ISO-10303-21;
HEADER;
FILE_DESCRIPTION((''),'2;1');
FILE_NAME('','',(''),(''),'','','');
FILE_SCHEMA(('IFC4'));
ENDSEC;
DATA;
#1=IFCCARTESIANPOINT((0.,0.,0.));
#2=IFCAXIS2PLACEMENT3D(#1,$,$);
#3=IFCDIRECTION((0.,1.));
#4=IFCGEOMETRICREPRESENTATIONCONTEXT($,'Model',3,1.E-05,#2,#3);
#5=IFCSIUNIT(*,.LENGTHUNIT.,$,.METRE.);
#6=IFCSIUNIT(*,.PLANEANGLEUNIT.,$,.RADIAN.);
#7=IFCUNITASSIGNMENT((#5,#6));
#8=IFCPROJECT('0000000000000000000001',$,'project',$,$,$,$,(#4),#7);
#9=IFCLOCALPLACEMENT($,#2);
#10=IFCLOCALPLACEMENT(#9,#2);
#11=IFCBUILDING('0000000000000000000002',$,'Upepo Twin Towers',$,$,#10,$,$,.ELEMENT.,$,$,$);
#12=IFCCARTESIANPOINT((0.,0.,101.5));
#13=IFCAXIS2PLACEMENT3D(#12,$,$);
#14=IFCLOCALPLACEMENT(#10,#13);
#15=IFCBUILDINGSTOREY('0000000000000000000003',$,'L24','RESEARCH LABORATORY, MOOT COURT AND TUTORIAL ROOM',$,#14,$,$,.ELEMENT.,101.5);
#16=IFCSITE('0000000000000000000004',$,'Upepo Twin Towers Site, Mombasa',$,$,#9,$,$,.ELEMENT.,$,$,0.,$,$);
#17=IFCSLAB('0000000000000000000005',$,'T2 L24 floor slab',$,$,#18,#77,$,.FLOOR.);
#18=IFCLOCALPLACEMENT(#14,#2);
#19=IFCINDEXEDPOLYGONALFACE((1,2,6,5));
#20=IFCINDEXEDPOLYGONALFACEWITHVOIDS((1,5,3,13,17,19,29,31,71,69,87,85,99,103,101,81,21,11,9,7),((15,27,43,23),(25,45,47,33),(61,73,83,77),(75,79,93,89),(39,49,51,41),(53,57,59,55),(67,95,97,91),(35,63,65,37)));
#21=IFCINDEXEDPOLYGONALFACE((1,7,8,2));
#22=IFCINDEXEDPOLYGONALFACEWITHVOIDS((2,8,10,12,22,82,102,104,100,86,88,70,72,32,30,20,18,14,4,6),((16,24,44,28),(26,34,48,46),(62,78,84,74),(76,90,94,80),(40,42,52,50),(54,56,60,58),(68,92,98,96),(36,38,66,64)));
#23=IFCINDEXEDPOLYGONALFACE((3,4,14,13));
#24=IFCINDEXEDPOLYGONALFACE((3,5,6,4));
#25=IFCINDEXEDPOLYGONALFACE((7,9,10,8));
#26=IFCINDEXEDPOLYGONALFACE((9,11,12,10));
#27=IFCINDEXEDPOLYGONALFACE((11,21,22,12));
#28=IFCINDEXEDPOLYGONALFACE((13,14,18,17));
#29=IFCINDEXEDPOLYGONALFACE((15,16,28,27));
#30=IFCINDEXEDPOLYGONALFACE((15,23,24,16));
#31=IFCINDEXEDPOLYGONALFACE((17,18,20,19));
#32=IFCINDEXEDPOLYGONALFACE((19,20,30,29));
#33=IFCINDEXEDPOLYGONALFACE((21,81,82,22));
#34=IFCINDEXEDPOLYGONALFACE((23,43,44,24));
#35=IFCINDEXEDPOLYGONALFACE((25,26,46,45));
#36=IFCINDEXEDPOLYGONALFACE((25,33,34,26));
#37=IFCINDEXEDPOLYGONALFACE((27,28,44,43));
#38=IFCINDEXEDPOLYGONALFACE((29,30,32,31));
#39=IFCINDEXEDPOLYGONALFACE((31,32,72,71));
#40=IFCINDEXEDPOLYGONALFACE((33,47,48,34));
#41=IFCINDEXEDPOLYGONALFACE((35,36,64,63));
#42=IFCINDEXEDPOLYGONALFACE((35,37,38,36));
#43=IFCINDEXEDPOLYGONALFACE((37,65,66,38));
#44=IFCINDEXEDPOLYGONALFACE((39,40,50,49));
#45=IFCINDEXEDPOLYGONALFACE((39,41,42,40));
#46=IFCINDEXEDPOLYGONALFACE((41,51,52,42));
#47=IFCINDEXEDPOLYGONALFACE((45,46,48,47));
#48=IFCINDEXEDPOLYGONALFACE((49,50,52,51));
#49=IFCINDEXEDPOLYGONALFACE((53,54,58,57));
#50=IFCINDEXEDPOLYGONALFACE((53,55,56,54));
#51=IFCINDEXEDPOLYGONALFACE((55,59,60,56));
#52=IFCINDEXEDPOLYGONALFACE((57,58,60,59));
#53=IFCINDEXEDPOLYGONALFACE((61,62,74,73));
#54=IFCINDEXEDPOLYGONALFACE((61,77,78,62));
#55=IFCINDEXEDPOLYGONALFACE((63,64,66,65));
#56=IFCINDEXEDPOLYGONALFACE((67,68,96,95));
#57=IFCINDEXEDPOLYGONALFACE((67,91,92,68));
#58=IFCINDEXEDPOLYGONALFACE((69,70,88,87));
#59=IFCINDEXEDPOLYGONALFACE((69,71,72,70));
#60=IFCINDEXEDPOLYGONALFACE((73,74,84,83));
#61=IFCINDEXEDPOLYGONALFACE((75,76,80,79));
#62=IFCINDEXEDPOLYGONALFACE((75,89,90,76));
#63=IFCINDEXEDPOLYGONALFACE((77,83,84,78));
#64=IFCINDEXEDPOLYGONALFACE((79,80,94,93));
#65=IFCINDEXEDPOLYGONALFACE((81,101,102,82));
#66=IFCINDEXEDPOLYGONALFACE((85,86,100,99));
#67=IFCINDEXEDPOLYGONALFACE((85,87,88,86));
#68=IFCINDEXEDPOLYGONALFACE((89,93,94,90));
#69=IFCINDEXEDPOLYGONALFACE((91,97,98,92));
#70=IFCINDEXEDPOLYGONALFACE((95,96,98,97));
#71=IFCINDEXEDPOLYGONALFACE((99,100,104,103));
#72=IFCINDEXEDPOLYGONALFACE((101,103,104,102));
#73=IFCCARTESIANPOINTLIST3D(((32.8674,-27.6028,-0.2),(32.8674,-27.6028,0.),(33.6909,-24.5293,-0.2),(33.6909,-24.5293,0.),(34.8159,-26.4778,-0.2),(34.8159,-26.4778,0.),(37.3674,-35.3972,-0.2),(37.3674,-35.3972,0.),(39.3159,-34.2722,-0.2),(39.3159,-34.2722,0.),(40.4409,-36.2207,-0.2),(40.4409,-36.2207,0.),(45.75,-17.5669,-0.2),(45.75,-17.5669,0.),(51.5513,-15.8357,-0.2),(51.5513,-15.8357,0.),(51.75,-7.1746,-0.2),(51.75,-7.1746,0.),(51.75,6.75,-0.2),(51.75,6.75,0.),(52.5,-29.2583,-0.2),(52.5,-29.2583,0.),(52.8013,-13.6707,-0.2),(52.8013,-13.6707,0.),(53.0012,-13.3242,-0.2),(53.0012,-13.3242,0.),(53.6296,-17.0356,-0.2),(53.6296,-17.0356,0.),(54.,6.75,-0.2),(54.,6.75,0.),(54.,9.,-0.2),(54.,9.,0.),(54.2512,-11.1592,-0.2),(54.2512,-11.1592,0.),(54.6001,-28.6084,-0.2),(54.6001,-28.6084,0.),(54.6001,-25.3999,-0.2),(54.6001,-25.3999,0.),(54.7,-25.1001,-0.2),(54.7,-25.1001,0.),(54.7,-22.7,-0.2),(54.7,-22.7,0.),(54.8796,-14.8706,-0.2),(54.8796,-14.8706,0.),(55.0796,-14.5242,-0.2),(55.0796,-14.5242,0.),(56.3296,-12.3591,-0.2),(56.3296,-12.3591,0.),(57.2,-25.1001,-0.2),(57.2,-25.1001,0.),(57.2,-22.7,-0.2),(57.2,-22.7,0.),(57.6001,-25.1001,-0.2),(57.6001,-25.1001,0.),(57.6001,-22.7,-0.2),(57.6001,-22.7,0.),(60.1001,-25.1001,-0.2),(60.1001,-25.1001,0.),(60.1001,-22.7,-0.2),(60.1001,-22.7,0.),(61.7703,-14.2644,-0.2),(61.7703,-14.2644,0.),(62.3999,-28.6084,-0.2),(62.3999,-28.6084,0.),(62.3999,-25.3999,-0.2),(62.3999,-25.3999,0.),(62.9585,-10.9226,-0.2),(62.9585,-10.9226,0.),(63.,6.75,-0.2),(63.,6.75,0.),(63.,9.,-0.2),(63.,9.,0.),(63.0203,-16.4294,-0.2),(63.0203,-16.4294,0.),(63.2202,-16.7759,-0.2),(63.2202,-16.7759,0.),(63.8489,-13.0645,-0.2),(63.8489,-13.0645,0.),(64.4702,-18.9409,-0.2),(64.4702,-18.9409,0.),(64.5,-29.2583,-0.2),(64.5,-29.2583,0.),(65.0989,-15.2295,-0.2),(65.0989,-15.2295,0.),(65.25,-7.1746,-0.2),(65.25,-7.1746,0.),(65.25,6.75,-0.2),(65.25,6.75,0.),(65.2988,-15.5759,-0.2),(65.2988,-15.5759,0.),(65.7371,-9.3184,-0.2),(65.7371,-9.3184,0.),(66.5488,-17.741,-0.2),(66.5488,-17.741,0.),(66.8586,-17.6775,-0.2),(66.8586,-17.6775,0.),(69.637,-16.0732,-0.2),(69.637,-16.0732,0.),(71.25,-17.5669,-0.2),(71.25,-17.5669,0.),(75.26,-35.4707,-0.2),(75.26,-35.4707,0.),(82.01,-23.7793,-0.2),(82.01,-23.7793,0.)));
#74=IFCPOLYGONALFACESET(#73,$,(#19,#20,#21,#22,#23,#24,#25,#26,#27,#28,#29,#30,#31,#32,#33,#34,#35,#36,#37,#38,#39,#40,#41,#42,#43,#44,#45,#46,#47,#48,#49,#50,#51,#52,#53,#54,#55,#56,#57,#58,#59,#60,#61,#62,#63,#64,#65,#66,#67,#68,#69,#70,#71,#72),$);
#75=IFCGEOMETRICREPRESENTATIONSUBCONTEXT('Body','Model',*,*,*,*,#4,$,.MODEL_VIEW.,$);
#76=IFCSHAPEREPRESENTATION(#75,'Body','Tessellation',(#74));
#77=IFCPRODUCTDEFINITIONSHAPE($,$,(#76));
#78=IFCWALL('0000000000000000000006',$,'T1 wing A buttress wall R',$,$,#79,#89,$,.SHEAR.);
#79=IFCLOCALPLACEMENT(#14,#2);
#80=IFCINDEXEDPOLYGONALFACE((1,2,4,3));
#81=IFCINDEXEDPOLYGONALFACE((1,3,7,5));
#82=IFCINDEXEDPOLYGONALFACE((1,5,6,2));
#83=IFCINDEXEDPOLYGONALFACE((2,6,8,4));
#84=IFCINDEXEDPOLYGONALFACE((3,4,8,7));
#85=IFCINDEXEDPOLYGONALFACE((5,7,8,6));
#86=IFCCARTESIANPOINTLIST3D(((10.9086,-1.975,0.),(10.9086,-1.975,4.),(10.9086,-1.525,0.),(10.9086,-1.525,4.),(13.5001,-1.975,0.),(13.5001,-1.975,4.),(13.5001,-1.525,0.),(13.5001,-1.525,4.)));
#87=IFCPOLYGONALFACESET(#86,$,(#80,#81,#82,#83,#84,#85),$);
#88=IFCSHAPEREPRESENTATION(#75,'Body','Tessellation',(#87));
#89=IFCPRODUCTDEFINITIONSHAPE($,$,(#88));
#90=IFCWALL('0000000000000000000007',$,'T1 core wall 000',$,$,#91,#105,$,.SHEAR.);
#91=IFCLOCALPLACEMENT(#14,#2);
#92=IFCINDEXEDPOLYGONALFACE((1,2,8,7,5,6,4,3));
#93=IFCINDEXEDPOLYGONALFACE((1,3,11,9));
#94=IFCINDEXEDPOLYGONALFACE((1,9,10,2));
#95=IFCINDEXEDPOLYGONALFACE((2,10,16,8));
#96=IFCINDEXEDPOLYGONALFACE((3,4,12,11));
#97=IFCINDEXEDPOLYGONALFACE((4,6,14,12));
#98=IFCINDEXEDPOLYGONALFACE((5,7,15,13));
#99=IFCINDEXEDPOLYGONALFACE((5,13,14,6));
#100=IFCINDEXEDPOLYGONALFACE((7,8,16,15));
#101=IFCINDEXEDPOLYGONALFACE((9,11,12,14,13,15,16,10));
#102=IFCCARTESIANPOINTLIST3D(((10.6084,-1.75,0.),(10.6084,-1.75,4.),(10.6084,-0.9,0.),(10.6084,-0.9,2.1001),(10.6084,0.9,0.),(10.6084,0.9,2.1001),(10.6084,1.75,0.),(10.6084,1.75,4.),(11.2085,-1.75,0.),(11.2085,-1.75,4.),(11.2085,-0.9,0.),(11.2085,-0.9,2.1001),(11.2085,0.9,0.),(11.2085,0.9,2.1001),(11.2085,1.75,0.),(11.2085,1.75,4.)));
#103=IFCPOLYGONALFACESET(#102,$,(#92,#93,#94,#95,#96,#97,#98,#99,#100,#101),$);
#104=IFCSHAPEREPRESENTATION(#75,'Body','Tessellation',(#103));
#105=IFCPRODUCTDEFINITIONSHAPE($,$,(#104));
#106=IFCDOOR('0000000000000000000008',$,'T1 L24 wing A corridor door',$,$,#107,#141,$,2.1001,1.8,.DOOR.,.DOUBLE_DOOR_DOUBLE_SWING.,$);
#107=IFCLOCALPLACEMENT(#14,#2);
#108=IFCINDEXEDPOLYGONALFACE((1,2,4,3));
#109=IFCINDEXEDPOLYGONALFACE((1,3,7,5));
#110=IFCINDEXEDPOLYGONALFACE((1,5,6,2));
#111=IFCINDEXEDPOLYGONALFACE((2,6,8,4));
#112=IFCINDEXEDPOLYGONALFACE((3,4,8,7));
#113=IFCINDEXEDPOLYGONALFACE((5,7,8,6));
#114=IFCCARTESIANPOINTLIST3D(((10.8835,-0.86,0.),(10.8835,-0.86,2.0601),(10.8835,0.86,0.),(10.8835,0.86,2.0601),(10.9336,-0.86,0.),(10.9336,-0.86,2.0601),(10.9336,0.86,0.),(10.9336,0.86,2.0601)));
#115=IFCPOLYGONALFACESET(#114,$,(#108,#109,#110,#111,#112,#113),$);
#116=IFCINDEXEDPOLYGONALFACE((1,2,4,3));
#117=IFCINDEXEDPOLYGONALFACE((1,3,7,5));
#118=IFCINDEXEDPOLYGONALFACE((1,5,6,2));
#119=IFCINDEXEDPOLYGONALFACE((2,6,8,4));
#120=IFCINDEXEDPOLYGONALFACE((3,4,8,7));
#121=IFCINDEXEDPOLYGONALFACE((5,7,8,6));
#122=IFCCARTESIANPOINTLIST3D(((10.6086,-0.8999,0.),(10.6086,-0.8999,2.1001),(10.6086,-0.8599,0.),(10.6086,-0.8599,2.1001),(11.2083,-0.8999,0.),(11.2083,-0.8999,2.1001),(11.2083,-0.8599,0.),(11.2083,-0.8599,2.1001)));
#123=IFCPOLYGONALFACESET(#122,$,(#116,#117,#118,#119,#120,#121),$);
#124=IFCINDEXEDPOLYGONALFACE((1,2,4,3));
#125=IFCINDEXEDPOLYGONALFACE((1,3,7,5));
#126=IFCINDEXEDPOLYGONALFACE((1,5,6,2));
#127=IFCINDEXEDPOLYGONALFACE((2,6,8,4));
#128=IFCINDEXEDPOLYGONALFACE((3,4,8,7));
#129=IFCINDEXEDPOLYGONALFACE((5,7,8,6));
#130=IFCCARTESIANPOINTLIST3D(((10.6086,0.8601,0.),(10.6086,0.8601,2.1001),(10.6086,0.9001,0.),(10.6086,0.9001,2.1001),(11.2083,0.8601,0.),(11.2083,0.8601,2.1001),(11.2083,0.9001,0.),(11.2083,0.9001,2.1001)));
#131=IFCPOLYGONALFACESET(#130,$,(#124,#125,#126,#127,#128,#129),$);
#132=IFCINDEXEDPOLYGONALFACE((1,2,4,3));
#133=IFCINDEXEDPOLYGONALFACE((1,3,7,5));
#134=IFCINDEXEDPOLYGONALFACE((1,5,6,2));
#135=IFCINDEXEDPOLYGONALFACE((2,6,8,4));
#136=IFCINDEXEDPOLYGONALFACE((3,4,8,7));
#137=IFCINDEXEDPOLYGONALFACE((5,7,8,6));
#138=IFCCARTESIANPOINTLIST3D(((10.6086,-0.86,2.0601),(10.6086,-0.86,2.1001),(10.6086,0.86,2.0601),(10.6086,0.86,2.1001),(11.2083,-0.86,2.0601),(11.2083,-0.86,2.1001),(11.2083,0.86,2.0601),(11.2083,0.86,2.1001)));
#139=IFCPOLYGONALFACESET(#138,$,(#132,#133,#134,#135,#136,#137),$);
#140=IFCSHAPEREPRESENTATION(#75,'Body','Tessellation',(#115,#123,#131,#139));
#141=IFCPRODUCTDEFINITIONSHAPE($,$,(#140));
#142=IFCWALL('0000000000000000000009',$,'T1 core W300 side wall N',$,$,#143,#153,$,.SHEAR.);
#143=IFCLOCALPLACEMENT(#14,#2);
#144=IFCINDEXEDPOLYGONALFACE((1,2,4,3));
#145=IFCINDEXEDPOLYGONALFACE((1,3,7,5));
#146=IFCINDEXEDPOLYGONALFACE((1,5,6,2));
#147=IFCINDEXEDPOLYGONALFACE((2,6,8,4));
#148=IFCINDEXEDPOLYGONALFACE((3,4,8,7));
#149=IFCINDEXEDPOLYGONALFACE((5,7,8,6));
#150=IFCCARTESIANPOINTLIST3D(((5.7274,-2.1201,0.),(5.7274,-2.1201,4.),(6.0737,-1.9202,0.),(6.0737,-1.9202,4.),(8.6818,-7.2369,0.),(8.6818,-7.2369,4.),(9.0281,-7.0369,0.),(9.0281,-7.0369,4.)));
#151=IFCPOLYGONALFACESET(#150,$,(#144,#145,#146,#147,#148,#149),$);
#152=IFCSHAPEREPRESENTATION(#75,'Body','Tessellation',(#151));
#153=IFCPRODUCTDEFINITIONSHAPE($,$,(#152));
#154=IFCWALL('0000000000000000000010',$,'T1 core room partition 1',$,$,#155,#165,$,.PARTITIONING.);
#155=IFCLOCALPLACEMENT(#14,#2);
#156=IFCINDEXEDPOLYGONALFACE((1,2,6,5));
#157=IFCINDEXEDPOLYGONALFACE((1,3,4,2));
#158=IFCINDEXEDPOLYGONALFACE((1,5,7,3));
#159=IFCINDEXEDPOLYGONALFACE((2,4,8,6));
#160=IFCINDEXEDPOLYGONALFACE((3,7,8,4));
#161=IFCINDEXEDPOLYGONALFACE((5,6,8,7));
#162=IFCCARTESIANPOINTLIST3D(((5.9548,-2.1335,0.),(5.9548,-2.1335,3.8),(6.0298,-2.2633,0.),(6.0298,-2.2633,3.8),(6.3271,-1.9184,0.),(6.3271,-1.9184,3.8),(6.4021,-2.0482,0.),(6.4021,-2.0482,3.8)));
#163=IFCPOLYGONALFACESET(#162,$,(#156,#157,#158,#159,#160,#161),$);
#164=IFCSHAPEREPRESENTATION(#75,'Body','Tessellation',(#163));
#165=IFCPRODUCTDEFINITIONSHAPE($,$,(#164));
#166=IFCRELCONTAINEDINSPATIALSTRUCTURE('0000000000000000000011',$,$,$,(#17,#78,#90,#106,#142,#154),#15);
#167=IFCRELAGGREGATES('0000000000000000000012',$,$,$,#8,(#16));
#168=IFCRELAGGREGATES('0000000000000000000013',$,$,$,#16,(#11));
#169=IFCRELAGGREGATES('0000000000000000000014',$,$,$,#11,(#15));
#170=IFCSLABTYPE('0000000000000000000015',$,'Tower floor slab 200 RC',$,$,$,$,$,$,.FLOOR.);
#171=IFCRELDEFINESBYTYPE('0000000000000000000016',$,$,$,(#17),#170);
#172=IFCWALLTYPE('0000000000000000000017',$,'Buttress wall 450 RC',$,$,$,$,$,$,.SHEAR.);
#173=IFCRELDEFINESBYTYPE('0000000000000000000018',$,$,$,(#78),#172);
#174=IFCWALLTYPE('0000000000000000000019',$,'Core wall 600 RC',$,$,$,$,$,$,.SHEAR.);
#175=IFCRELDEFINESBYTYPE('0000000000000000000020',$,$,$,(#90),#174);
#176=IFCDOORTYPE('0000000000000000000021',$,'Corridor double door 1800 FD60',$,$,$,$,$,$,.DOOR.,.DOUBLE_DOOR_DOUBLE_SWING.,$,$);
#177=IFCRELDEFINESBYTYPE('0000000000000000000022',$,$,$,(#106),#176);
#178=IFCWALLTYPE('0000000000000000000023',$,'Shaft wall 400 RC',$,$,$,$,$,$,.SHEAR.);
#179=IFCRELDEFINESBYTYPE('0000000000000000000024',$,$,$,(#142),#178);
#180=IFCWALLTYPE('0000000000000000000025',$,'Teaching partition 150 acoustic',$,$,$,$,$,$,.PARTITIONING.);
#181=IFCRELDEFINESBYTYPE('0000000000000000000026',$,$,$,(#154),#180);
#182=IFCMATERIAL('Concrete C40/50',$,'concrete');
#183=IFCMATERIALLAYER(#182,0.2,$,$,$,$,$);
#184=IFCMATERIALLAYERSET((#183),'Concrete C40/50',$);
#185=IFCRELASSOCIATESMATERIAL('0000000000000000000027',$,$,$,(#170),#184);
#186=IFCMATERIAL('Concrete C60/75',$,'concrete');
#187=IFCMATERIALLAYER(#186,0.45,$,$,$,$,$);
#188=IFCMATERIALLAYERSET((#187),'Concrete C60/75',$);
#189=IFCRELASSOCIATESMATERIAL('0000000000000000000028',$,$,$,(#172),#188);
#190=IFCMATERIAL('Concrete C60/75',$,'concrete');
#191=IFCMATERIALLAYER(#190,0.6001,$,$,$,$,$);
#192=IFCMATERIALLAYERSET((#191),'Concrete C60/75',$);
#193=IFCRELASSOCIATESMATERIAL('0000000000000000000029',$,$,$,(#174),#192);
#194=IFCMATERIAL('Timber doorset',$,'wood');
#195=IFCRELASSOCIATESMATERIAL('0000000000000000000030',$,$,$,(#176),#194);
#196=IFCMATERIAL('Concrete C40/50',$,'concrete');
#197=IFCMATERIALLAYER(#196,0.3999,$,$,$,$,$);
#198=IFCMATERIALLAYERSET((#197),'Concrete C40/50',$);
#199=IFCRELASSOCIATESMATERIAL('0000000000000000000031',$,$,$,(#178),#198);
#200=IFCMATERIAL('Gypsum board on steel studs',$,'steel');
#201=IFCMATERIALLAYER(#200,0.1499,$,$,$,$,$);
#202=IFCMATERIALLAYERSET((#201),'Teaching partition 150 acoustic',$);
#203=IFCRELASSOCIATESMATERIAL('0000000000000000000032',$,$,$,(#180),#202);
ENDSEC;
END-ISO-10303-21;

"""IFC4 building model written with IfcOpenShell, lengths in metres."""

from ifc_helpers import new_model, si_unit, direction, frame, frame_2d, origin, place, context, subcontext, project, spatial, polyline, rectangle, outline, extrude, material, layer, layer_set, type_object, element, fill, save


model = new_model("IFC4")

# Units and contexts
model_context = context("Model", 3, precision=1e-05, world=origin(), true_north=direction((0.0, 1.0)))
body_context = subcontext(model_context, "Body", "Model", "MODEL_VIEW")
ifc_project = project(units=[si_unit("LENGTHUNIT", "METRE"), si_unit("PLANEANGLEUNIT", "RADIAN")], contexts=[model_context])

# Site, building, storey
site_placement = place(None, origin())
site = spatial("IfcSite", under=ifc_project, at=site_placement, Name="Upepo Twin Towers Site, Mombasa", CompositionType="ELEMENT", RefElevation=0.0)
building_placement = place(site_placement, origin())
building = spatial("IfcBuilding", under=site, at=building_placement, Name="Upepo Twin Towers", CompositionType="ELEMENT")
storey_placement = place(building_placement, frame((0.0, 0.0, 101.5)))
storey = spatial("IfcBuildingStorey", under=building, at=storey_placement, Name="L24", Description="RESEARCH LABORATORY, MOOT COURT AND TUTORIAL ROOM", CompositionType="ELEMENT", Elevation=101.5)

# Slab
ifc_material_1 = material(Name="Concrete C40/50", Category="concrete")
ifc_layer_1 = layer(ifc_material_1, 0.2)
ifc_layer_set_1 = layer_set([ifc_layer_1], Name="Concrete C40/50")
slab_type_1 = type_object("IfcSlabType", Name="Tower floor slab 200 RC", PredefinedType="FLOOR", material=ifc_layer_set_1)
slab_1_placement = place(storey_placement, frame((0.0, 0.0, -0.2)))
element("IfcSlab", 1, at=slab_1_placement, inside=storey, type_object=slab_type_1, Name="T2 L24 floor slab", PredefinedType="FLOOR", context=body_context, shape_type="SweptSolid", body=[
    extrude(outline(polyline([(75.26, -35.4707), (64.5, -29.2583), (52.5, -29.2583), (40.4409, -36.2207), (39.3159, -34.2722), (37.3674, -35.3972), (32.8674, -27.6028), (34.8159, -26.4778), (33.6909, -24.5293), (45.75, -17.5669), (51.75, -7.1746), (51.75, 6.75), (54.0, 6.75), (54.0, 9.0), (63.0, 9.0), (63.0, 6.75), (65.25, 6.75), (65.25, -7.1746), (71.25, -17.5669), (82.01, -23.7793), (75.26, -35.4707)]), holes=[polyline([(56.3296, -12.3591), (54.2512, -11.1592), (53.0012, -13.3242), (55.0796, -14.5242), (56.3296, -12.3591)]), polyline([(54.8796, -14.8706), (52.8013, -13.6707), (51.5513, -15.8357), (53.6296, -17.0356), (54.8796, -14.8706)]), polyline([(54.7, -22.7), (54.7, -25.1001), (57.2, -25.1001), (57.2, -22.7), (54.7, -22.7)]), polyline([(57.6001, -22.7), (57.6001, -25.1001), (60.1001, -25.1001), (60.1001, -22.7), (57.6001, -22.7)]), polyline([(54.6001, -25.3999), (54.6001, -28.6084), (62.3999, -28.6084), (62.3999, -25.3999), (54.6001, -25.3999)]), polyline([(64.4702, -18.9409), (66.5488, -17.741), (65.2988, -15.5759), (63.2202, -16.7759), (64.4702, -18.9409)]), polyline([(63.0203, -16.4294), (65.0989, -15.2295), (63.8489, -13.0645), (61.7703, -14.2644), (63.0203, -16.4294)]), polyline([(66.8586, -17.6775), (69.637, -16.0732), (65.7371, -9.3184), (62.9585, -10.9226), (66.8586, -17.6775)])]), origin(), (0.0, 0.0, 1.0), 0.2),
])

# Wall
ifc_material_2 = material(Name="Concrete C60/75", Category="concrete")
ifc_layer_2 = layer(ifc_material_2, 0.45)
ifc_layer_set_2 = layer_set([ifc_layer_2], Name="Concrete C60/75")
wall_type_1 = type_object("IfcWallType", Name="Buttress wall 450 RC", PredefinedType="SHEAR", material=ifc_layer_set_2)
wall_1_placement = place(storey_placement, frame((10.9084, -1.75, 0.0), z_axis=(0.0, 0.0, 1.0), x_axis=(1.0, 0.0, 0.0)))
element("IfcWall", 2, at=wall_1_placement, inside=storey, type_object=wall_type_1, Name="T1 wing A buttress wall R", PredefinedType="SHEAR", context=body_context, shape_type="SweptSolid", body=[
    extrude(rectangle(XDim=2.5916, YDim=0.45, at=frame_2d((1.2959, 0.0))), origin(), (0.0, 0.0, 1.0), 4.0),
])

# Wall, opening, door
ifc_material_3 = material(Name="Concrete C60/75", Category="concrete")
ifc_layer_3 = layer(ifc_material_3, 0.6001)
ifc_layer_set_3 = layer_set([ifc_layer_3], Name="Concrete C60/75")
wall_type_2 = type_object("IfcWallType", Name="Core wall 600 RC", PredefinedType="SHEAR", material=ifc_layer_set_3)
wall_2_placement = place(storey_placement, frame((10.9084, -1.75, 0.0), z_axis=(0.0, 0.0, 1.0), x_axis=(0.0, 1.0, 0.0)))
wall_2 = element("IfcWall", 3, at=wall_2_placement, inside=storey, type_object=wall_type_2, Name="T1 core wall 000", PredefinedType="SHEAR", context=body_context, shape_type="SweptSolid", body=[
    extrude(rectangle(XDim=3.5, YDim=0.6001, at=frame_2d((1.75, 0.0))), origin(), (0.0, 0.0, 1.0), 4.0),
])
opening_1_placement = place(wall_2_placement, frame((0.8501, 0.0, 0.0)))
opening_1 = element("IfcOpeningElement", 4, at=opening_1_placement, cuts=wall_2, PredefinedType="OPENING", context=body_context, shape_type="SweptSolid", body=[
    extrude(rectangle(XDim=1.8, YDim=2.1001, at=frame_2d((0.8999, 1.05))), frame((0.0, 0.3101, 0.0), z_axis=(0.0, -1.0, 0.0), x_axis=(1.0, 0.0, 0.0)), (0.0, 0.0, 1.0), 0.6201),
])
ifc_material_4 = material(Name="Timber doorset", Category="wood")
door_type_1 = type_object("IfcDoorType", Name="Corridor double door 1800 FD60", OperationType="DOUBLE_DOOR_DOUBLE_SWING", PredefinedType="DOOR", material=ifc_material_4)
door_1_placement = place(opening_1_placement, origin())
door_1 = element("IfcDoor", 5, at=door_1_placement, inside=storey, type_object=door_type_1, Name="T1 L24 wing A corridor door", OperationType="DOUBLE_DOOR_DOUBLE_SWING", OverallHeight=2.1001, OverallWidth=1.8, PredefinedType="DOOR", context=body_context, shape_type="SweptSolid", body=[
    extrude(rectangle(XDim=1.72, YDim=2.0601, at=frame_2d((0.8999, 1.03))), frame((0.0, 0.0249, 0.0), z_axis=(0.0, -1.0, 0.0), x_axis=(1.0, 0.0, 0.0)), (0.0, 0.0, 1.0), 0.05),
    extrude(rectangle(XDim=0.04, YDim=2.1001, at=frame_2d((0.02, 1.05))), frame((0.0, 0.2998, 0.0), z_axis=(0.0, -1.0, 0.0), x_axis=(1.0, 0.0, 0.0)), (0.0, 0.0, 1.0), 0.5996),
    extrude(rectangle(XDim=0.04, YDim=2.1001, at=frame_2d((1.78, 1.05))), frame((0.0, 0.2998, 0.0), z_axis=(0.0, -1.0, 0.0), x_axis=(1.0, 0.0, 0.0)), (0.0, 0.0, 1.0), 0.5996),
    extrude(rectangle(XDim=1.72, YDim=0.04, at=frame_2d((0.8999, 2.0801))), frame((0.0, 0.2998, 0.0), z_axis=(0.0, -1.0, 0.0), x_axis=(1.0, 0.0, 0.0)), (0.0, 0.0, 1.0), 0.5996),
])
fill(opening_1, door_1)

# Walls
ifc_material_5 = material(Name="Concrete C40/50", Category="concrete")
ifc_layer_4 = layer(ifc_material_5, 0.3999)
ifc_layer_set_4 = layer_set([ifc_layer_4], Name="Concrete C40/50")
wall_type_3 = type_object("IfcWallType", Name="Shaft wall 400 RC", PredefinedType="SHEAR", material=ifc_layer_set_4)
wall_3_placement = place(storey_placement, frame((5.9006, -2.0203, 0.0), z_axis=(0.0, 0.0, 1.0), x_axis=(0.500028, -0.866009, 0.0)))
element("IfcWall", 6, at=wall_3_placement, inside=storey, type_object=wall_type_3, Name="T1 core W300 side wall N", PredefinedType="SHEAR", context=body_context, shape_type="SweptSolid", body=[
    extrude(rectangle(XDim=5.9084, YDim=0.3999, at=frame_2d((2.9541, 0.0))), origin(), (0.0, 0.0, 1.0), 4.0),
])
ifc_material_6 = material(Name="Gypsum board on steel studs", Category="steel")
ifc_layer_5 = layer(ifc_material_6, 0.1499)
ifc_layer_set_5 = layer_set([ifc_layer_5], Name="Teaching partition 150 acoustic")
wall_type_4 = type_object("IfcWallType", Name="Teaching partition 150 acoustic", PredefinedType="PARTITIONING", material=ifc_layer_set_5)
wall_4_placement = place(storey_placement, frame((6.3645, -1.9834, 0.0), z_axis=(0.0, 0.0, 1.0), x_axis=(-0.865892, -0.50023, 0.0)))
element("IfcWall", 7, at=wall_4_placement, inside=storey, type_object=wall_type_4, Name="T1 core room partition 1", PredefinedType="PARTITIONING", context=body_context, shape_type="SweptSolid", body=[
    extrude(rectangle(XDim=0.4299, YDim=0.1499, at=frame_2d((0.2148, 0.0))), origin(), (0.0, 0.0, 1.0), 3.8),
])

save(model, "model.ifc")
